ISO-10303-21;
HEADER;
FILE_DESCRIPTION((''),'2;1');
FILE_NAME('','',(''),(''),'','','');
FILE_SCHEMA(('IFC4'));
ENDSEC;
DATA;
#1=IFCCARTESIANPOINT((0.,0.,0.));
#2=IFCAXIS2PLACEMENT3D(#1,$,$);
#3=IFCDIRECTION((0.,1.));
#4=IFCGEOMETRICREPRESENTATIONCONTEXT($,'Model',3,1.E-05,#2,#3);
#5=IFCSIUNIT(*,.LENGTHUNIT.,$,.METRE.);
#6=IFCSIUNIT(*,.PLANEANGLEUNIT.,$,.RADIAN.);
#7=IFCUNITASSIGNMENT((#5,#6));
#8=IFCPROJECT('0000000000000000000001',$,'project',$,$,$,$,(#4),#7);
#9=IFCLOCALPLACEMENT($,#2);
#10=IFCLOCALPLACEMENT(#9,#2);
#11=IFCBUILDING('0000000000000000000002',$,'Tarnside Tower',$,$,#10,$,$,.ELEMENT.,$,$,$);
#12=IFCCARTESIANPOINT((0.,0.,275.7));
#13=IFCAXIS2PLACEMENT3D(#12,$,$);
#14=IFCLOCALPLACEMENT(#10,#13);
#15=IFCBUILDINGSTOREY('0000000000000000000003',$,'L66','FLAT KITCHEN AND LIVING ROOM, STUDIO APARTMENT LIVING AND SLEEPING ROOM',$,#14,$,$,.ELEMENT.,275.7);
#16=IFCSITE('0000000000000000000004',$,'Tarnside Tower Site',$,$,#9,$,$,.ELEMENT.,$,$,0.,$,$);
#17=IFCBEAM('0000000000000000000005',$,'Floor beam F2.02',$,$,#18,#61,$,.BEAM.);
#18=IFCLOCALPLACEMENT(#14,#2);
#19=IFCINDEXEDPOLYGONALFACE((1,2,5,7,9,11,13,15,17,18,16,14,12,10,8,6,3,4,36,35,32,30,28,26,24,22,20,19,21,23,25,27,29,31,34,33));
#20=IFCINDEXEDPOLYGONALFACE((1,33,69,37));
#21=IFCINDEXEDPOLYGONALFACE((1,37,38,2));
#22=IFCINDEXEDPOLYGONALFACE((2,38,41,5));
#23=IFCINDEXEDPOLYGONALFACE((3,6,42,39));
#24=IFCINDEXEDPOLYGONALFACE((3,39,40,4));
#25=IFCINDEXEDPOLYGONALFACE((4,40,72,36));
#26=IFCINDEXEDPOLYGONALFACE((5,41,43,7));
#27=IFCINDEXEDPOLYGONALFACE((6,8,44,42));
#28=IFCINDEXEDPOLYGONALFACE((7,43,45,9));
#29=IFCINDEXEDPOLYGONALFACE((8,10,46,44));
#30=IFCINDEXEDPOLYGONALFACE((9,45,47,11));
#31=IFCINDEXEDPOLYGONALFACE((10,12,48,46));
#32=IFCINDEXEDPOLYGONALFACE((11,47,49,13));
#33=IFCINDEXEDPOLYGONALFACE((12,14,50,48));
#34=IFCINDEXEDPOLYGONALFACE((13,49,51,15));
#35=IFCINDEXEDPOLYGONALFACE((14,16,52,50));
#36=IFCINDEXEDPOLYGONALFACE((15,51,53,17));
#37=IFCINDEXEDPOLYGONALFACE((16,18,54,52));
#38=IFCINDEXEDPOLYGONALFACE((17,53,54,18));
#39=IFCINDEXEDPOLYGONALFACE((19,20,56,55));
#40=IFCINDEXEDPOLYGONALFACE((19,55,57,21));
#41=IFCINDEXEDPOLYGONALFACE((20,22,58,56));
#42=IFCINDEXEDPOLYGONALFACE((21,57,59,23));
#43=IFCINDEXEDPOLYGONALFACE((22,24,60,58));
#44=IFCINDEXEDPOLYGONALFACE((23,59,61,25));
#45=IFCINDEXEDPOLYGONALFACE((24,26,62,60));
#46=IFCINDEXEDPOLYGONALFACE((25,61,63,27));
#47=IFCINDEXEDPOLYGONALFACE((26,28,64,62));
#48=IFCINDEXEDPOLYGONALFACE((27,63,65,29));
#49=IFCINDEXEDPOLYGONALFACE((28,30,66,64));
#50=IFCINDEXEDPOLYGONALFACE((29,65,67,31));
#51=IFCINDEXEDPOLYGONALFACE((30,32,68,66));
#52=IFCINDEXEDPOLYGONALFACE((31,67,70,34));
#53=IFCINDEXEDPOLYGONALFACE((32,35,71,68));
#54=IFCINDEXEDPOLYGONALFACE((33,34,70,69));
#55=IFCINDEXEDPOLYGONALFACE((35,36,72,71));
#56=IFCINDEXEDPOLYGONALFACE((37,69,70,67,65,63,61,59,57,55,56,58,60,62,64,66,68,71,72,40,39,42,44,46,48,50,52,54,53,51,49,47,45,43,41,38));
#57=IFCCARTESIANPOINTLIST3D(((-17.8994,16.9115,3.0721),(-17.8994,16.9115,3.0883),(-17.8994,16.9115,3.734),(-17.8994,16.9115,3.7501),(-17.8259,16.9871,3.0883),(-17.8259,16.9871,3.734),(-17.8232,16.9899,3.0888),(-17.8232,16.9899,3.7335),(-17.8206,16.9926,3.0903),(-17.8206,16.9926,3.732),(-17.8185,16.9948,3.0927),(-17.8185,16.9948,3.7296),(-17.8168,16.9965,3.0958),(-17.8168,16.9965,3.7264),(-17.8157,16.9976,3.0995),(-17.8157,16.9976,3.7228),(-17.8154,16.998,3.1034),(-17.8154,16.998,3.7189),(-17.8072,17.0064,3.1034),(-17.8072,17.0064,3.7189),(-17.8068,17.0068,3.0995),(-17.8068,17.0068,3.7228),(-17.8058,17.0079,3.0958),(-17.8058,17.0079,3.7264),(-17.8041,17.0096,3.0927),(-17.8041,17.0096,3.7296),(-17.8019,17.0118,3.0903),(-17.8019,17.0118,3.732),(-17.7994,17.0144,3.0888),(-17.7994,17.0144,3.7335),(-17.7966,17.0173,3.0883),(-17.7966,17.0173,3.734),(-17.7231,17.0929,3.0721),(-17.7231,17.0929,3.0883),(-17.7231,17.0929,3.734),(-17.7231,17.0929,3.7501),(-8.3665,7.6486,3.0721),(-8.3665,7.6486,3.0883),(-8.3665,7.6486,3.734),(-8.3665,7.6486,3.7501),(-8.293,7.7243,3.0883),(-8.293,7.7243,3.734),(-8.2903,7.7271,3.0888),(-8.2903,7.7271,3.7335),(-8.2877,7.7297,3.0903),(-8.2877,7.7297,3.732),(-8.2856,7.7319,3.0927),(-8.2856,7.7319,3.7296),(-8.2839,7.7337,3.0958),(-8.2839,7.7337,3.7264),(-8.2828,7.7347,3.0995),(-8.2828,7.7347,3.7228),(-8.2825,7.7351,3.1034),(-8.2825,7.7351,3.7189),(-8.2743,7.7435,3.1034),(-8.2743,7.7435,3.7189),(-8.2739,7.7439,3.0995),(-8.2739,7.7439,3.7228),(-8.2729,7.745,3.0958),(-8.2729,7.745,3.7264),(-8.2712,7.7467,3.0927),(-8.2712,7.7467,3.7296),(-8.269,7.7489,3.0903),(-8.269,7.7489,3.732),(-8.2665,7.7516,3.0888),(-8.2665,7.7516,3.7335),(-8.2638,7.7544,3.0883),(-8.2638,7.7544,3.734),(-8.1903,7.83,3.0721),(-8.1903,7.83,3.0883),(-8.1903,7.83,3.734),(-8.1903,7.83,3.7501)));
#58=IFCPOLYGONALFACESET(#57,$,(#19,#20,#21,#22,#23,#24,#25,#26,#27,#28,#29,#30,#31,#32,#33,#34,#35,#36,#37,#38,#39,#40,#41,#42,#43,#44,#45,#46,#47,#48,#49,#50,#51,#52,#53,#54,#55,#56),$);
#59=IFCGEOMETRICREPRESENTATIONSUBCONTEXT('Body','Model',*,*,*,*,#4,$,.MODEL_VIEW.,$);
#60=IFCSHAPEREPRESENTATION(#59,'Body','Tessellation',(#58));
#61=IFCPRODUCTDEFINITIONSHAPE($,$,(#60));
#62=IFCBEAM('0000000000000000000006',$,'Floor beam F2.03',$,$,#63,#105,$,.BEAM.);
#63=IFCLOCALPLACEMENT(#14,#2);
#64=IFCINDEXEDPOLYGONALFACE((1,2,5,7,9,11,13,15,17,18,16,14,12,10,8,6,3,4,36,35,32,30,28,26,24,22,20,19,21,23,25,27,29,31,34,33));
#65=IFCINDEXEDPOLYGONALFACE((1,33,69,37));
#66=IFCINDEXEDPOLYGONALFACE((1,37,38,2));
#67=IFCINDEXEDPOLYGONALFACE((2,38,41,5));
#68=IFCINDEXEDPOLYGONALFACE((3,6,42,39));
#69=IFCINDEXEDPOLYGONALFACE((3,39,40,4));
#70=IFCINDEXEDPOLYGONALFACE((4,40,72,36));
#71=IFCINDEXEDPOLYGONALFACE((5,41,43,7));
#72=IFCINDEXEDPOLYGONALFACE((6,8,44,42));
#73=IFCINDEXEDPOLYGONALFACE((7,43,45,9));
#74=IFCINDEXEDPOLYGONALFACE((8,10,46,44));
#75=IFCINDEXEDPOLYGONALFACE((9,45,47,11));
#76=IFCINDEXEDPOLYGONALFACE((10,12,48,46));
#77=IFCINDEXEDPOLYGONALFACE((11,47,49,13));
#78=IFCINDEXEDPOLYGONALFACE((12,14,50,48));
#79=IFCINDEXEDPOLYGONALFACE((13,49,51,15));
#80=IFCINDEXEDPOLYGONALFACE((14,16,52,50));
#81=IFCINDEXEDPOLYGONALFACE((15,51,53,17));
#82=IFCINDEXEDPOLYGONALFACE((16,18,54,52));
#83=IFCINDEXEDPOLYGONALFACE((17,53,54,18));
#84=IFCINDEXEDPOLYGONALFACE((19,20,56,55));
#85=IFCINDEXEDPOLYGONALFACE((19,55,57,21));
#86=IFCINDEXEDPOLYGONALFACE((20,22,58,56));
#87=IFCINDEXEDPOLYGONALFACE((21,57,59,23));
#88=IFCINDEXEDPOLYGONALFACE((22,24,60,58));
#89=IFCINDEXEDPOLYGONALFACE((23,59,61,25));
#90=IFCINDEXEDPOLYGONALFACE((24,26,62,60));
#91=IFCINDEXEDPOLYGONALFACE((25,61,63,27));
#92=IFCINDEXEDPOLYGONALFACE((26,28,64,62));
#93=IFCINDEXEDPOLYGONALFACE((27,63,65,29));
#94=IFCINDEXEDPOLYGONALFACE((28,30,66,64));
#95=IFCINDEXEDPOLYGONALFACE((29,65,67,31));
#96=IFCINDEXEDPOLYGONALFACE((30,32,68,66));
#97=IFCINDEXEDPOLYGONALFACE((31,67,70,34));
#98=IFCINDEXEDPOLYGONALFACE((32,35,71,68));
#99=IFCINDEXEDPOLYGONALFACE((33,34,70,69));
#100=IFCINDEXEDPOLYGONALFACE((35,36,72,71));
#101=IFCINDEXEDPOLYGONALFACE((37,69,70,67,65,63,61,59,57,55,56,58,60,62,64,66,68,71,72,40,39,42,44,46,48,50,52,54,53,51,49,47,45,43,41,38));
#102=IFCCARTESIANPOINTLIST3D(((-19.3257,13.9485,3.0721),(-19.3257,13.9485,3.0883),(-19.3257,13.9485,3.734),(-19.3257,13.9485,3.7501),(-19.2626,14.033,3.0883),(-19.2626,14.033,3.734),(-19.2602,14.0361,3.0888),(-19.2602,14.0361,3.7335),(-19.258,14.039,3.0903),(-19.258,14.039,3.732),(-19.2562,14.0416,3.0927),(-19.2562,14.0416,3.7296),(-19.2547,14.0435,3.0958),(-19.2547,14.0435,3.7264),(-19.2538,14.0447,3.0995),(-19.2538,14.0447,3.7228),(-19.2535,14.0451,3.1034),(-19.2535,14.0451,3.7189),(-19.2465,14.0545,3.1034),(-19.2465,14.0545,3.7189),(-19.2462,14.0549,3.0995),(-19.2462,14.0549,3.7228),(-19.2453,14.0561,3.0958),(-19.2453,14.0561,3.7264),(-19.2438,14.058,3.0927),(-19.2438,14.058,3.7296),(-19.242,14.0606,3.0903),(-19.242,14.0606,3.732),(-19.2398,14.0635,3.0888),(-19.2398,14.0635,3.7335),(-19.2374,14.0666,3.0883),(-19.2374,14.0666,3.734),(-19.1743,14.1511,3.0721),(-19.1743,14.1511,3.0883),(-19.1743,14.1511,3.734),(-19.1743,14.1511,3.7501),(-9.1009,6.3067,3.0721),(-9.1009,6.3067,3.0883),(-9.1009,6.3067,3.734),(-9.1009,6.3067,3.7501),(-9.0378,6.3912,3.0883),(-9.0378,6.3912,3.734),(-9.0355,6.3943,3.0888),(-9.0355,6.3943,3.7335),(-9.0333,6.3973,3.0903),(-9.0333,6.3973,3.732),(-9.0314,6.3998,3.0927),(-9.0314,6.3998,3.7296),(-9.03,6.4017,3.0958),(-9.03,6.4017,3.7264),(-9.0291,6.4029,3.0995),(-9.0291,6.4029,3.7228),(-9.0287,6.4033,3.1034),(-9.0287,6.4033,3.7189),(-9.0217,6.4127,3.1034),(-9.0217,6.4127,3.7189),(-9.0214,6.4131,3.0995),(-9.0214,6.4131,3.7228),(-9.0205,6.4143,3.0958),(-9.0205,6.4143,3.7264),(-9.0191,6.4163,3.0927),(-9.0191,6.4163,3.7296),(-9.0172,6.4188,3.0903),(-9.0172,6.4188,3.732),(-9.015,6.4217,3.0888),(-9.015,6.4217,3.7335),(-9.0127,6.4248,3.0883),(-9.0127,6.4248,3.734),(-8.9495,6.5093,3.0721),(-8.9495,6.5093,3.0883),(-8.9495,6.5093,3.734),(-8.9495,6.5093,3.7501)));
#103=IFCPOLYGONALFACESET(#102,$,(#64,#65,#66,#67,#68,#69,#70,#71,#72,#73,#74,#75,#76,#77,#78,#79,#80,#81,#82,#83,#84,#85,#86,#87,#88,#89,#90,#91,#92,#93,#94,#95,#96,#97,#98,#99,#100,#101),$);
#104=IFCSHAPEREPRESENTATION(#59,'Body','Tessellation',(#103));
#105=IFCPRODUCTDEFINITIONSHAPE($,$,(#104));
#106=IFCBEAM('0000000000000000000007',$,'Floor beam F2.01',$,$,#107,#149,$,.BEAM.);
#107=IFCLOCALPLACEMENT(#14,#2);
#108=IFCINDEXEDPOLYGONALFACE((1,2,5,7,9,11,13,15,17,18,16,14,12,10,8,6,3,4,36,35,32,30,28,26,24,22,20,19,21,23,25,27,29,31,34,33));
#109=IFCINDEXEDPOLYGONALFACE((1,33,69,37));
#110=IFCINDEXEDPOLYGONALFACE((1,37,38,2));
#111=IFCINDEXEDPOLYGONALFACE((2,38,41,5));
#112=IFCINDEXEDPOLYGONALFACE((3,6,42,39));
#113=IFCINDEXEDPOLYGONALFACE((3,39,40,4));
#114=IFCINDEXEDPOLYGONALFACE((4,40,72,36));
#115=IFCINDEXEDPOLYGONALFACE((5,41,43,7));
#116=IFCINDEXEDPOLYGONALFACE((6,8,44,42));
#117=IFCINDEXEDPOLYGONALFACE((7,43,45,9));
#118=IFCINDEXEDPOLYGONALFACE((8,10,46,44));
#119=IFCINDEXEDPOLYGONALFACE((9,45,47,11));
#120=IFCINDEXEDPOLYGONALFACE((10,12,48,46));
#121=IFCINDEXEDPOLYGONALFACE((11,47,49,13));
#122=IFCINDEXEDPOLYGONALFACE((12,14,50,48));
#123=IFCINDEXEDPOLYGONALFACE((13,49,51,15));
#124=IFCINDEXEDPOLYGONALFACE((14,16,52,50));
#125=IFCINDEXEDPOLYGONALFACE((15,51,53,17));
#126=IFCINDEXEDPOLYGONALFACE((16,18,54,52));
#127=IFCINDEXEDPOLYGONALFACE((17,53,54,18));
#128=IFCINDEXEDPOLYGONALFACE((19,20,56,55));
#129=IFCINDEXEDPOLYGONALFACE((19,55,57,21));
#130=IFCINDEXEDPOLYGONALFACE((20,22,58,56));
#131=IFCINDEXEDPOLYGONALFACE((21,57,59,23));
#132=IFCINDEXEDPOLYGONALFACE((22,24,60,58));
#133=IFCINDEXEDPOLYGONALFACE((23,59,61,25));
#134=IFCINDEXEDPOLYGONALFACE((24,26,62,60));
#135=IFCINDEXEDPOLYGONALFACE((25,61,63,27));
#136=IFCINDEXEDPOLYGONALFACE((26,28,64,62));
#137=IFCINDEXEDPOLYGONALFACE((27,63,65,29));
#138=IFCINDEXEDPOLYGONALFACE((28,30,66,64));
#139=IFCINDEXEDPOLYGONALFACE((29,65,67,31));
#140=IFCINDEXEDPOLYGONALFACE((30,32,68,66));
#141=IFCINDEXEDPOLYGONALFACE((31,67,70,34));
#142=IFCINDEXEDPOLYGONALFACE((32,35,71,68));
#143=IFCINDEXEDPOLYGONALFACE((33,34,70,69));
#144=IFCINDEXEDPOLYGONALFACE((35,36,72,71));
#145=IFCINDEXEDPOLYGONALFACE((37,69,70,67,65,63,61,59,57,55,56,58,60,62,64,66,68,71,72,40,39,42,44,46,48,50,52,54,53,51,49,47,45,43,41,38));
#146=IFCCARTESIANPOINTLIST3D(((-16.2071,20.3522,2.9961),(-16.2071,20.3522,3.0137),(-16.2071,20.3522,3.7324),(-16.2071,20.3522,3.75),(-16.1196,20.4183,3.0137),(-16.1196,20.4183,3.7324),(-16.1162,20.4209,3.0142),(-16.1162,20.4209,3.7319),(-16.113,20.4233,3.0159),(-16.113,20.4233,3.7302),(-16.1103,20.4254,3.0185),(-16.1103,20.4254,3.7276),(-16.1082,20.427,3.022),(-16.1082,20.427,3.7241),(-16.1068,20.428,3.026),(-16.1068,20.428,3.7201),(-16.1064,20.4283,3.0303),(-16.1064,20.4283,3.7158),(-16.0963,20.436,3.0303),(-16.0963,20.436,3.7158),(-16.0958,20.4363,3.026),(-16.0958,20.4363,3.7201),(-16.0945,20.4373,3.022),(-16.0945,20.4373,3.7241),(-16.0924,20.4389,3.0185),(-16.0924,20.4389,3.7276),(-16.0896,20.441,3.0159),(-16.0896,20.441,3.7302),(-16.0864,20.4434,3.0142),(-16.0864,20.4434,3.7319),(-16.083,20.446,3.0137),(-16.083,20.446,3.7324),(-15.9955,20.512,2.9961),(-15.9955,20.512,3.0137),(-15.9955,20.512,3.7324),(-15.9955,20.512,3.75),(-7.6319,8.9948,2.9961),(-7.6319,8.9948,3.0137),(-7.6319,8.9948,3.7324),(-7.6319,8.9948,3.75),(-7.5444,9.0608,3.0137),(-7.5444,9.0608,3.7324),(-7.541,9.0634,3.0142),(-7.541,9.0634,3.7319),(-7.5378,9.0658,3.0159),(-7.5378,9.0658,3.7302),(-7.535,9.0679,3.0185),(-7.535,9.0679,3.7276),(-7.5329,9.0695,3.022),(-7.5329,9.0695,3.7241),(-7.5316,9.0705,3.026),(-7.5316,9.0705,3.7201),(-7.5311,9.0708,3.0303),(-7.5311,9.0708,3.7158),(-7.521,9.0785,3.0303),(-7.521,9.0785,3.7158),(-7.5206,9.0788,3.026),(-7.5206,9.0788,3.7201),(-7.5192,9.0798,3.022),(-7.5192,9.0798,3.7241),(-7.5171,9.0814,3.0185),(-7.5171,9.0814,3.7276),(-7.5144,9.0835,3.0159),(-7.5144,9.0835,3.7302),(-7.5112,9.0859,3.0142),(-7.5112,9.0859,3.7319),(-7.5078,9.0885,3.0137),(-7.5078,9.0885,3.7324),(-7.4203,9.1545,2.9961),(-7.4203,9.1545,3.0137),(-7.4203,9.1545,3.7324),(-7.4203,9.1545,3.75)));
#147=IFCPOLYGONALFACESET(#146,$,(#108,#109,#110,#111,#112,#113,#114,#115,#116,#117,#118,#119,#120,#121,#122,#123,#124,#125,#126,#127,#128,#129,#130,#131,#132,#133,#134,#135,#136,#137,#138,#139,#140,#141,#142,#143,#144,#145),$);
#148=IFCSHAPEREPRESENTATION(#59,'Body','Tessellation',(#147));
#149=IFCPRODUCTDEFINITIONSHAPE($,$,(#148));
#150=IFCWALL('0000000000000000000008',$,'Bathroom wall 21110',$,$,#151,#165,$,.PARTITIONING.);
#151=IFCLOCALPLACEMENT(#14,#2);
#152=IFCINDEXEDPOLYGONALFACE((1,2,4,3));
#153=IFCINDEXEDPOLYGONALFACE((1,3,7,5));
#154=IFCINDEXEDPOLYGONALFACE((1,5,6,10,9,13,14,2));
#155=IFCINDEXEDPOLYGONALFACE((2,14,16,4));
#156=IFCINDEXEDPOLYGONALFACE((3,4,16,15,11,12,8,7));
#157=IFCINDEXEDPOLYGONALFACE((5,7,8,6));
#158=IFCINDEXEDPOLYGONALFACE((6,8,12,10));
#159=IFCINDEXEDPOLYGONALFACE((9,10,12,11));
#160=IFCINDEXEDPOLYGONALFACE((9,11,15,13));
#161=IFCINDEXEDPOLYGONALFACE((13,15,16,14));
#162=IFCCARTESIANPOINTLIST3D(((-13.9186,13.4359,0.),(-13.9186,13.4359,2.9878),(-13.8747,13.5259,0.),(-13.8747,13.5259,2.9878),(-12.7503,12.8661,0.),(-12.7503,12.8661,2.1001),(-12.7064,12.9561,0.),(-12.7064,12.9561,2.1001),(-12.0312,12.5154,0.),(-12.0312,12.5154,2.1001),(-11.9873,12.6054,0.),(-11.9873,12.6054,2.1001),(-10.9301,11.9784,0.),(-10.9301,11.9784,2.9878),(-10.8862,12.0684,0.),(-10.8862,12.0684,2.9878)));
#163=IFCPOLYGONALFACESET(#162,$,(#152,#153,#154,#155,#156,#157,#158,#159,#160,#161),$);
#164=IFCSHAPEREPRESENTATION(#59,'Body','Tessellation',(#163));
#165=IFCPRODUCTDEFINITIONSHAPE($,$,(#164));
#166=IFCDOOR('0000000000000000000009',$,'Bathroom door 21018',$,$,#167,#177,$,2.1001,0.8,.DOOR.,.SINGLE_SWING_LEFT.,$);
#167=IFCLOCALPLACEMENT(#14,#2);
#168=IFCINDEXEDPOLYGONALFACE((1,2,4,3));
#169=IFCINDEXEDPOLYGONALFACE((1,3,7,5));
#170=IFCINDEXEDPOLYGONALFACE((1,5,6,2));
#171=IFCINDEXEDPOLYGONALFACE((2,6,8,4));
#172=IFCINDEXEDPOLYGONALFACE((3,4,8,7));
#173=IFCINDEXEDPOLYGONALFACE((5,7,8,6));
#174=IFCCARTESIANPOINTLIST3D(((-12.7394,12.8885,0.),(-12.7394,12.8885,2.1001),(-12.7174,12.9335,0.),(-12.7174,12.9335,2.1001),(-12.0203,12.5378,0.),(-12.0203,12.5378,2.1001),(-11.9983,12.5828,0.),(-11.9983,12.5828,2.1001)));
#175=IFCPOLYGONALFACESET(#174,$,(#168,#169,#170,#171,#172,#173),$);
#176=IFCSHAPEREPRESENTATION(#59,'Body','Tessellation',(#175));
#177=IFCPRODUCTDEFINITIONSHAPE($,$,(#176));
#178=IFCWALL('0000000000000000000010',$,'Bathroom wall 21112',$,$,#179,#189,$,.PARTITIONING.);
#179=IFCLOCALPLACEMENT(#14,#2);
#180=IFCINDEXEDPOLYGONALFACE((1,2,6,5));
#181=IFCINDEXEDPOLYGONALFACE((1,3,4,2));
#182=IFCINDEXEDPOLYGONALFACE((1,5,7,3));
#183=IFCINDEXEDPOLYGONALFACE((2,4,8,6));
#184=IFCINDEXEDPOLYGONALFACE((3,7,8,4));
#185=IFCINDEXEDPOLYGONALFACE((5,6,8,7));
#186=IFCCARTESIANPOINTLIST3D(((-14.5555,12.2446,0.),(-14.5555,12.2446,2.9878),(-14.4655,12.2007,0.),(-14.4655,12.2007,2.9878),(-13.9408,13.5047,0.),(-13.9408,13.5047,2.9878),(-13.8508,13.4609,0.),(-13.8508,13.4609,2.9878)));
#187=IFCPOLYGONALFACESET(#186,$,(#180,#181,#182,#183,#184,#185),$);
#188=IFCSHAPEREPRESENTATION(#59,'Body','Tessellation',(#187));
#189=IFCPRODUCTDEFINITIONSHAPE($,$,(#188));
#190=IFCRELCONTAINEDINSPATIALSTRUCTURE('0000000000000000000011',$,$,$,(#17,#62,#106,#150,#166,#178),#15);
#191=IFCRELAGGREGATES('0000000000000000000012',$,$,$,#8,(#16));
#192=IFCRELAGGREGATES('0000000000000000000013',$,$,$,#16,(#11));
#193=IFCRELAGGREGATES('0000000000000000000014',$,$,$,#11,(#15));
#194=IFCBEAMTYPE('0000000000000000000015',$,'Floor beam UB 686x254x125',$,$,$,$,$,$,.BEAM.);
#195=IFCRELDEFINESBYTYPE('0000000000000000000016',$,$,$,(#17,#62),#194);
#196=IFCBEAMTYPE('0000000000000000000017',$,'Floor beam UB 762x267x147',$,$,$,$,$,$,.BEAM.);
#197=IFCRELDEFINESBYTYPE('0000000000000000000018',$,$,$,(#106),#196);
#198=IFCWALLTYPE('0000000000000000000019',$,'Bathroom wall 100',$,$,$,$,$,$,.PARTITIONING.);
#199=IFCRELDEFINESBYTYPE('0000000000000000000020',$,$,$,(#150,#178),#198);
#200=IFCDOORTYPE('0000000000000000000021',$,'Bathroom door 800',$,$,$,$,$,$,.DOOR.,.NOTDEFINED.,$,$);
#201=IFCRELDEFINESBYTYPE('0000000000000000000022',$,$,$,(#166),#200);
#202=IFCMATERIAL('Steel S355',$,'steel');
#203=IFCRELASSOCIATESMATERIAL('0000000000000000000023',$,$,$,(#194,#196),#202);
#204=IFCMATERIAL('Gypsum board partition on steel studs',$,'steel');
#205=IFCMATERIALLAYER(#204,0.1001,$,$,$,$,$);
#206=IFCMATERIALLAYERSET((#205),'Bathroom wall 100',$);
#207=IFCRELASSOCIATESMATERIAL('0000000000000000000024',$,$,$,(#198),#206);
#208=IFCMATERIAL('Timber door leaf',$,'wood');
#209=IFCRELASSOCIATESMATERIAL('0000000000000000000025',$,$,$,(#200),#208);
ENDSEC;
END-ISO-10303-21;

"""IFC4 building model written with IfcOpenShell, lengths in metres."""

from ifc_helpers import new_model, si_unit, direction, frame, frame_2d, origin, origin_2d, place, context, subcontext, project, spatial, rectangle, i_section, extrude, material, layer, layer_set, material_profile, profile_set, type_object, element, fill, save


model = new_model("IFC4")

# Units and contexts
model_context = context("Model", 3, precision=1e-05, world=origin(), true_north=direction((0.0, 1.0)))
body_context = subcontext(model_context, "Body", "Model", "MODEL_VIEW")
ifc_project = project(units=[si_unit("LENGTHUNIT", "METRE"), si_unit("PLANEANGLEUNIT", "RADIAN")], contexts=[model_context])

# Site, building, storey
site_placement = place(None, origin())
site = spatial("IfcSite", under=ifc_project, at=site_placement, Name="Tarnside Tower Site", CompositionType="ELEMENT", RefElevation=0.0)
building_placement = place(site_placement, origin())
building = spatial("IfcBuilding", under=site, at=building_placement, Name="Tarnside Tower", CompositionType="ELEMENT")
storey_placement = place(building_placement, frame((0.0, 0.0, 275.7)))
storey = spatial("IfcBuildingStorey", under=building, at=storey_placement, Name="L66", Description="FLAT KITCHEN AND LIVING ROOM, STUDIO APARTMENT LIVING AND SLEEPING ROOM", CompositionType="ELEMENT", Elevation=275.7)

# Beams
ifc_material_1 = material(Name="Steel S355", Category="steel")
ifc_material_profile_1 = material_profile(ifc_material_1, i_section(OverallWidth=0.2529, OverallDepth=0.678, WebThickness=0.0117, FlangeThickness=0.0161, FilletRadius=0.0151, at=origin_2d()), Name="UB 686x254x125")
ifc_profile_set_1 = profile_set([ifc_material_profile_1], Name="Steel S355")
beam_type_1 = type_object("IfcBeamType", Name="Floor beam UB 686x254x125", PredefinedType="BEAM", material=ifc_profile_set_1)
beam_1_placement = place(storey_placement, frame((-17.8113, 17.0022, 3.4111), z_axis=(0.717191, -0.696877, 0.0), x_axis=(0.696877, 0.717191, 0.0)))
element("IfcBeam", 1, at=beam_1_placement, inside=storey, type_object=beam_type_1, Name="Floor beam F2.02", PredefinedType="BEAM", context=body_context, shape_type="SweptSolid", body=[
    extrude(i_section(OverallWidth=0.2529, OverallDepth=0.678, WebThickness=0.0117, FlangeThickness=0.0161, FilletRadius=0.0151, at=origin_2d()), origin(), (0.0, 0.0, 1.0), 13.292),
])
beam_2_placement = place(storey_placement, frame((-19.25, 14.0498, 3.4111), z_axis=(0.801006, -0.598656, 0.0), x_axis=(0.598656, 0.801006, 0.0)))
element("IfcBeam", 2, at=beam_2_placement, inside=storey, type_object=beam_type_1, Name="Floor beam F2.03", PredefinedType="BEAM", context=body_context, shape_type="SweptSolid", body=[
    extrude(i_section(OverallWidth=0.2529, OverallDepth=0.678, WebThickness=0.0117, FlangeThickness=0.0161, FilletRadius=0.0151, at=origin_2d()), origin(), (0.0, 0.0, 1.0), 12.7649),
])
ifc_material_profile_2 = material_profile(ifc_material_1, i_section(OverallWidth=0.2651, OverallDepth=0.7539, WebThickness=0.0127, FlangeThickness=0.0176, FilletRadius=0.0166, at=origin_2d()), Name="UB 762x267x147")
ifc_profile_set_2 = profile_set([ifc_material_profile_2], Name="Steel S355")
beam_type_2 = type_object("IfcBeamType", Name="Floor beam UB 762x267x147", PredefinedType="BEAM", material=ifc_profile_set_2)
beam_3_placement = place(storey_placement, frame((-16.1013, 20.4321, 3.373), z_axis=(0.602566, -0.798069, 0.0), x_axis=(0.798069, 0.602566, 0.0)))
element("IfcBeam", 3, at=beam_3_placement, inside=storey, type_object=beam_type_2, Name="Floor beam F2.01", PredefinedType="BEAM", context=body_context, shape_type="SweptSolid", body=[
    extrude(i_section(OverallWidth=0.2651, OverallDepth=0.7539, WebThickness=0.0127, FlangeThickness=0.0176, FilletRadius=0.0166, at=origin_2d()), origin(), (0.0, 0.0, 1.0), 14.2312),
])

# Wall, opening, door
ifc_material_2 = material(Name="Gypsum board partition on steel studs", Category="steel")
ifc_layer_1 = layer(ifc_material_2, 0.1001)
ifc_layer_set_1 = layer_set([ifc_layer_1], Name="Bathroom wall 100")
wall_type_1 = type_object("IfcWallType", Name="Bathroom wall 100", PredefinedType="PARTITIONING", material=ifc_layer_set_1)
wall_1_placement = place(storey_placement, frame((-13.8967, 13.481, 0.0), z_axis=(0.0, 0.0, 1.0), x_axis=(0.898804, -0.438351, 0.0)))
wall_1 = element("IfcWall", 4, at=wall_1_placement, inside=storey, type_object=wall_type_1, Name="Bathroom wall 21110", PredefinedType="PARTITIONING", context=body_context, shape_type="SweptSolid", body=[
    extrude(rectangle(XDim=3.325, YDim=0.1001, at=frame_2d((1.6626, 0.0))), origin(), (0.0, 0.0, 1.0), 2.9878),
])
opening_1_placement = place(wall_1_placement, frame((1.3, 0.0, 0.0)))
opening_1 = element("IfcOpeningElement", 5, at=opening_1_placement, cuts=wall_1, PredefinedType="OPENING", context=body_context, shape_type="SweptSolid", body=[
    extrude(rectangle(XDim=0.8, YDim=2.1001, at=frame_2d((0.3999, 1.05))), frame((0.0, 0.0601, 0.0), z_axis=(0.0, -1.0, 0.0), x_axis=(1.0, 0.0, 0.0)), (0.0, 0.0, 1.0), 0.1201),
])
ifc_material_3 = material(Name="Timber door leaf", Category="wood")
door_type_1 = type_object("IfcDoorType", Name="Bathroom door 800", OperationType="NOTDEFINED", PredefinedType="DOOR", material=ifc_material_3)
door_1_placement = place(opening_1_placement, origin())
door_1 = element("IfcDoor", 6, at=door_1_placement, inside=storey, type_object=door_type_1, Name="Bathroom door 21018", OperationType="SINGLE_SWING_LEFT", OverallHeight=2.1001, OverallWidth=0.8, PredefinedType="DOOR", context=body_context, shape_type="SweptSolid", body=[
    extrude(rectangle(XDim=0.8, YDim=2.1001, at=frame_2d((0.3999, 1.05))), frame((0.0, 0.0249, 0.0), z_axis=(0.0, -1.0, 0.0), x_axis=(1.0, 0.0, 0.0)), (0.0, 0.0, 1.0), 0.05),
])
fill(opening_1, door_1)

# Wall
wall_2_placement = place(storey_placement, frame((-13.8958, 13.4829, 0.0), z_axis=(0.0, 0.0, 1.0), x_axis=(-0.438417, -0.898772, 0.0)))
element("IfcWall", 7, at=wall_2_placement, inside=storey, type_object=wall_type_1, Name="Bathroom wall 21112", PredefinedType="PARTITIONING", context=body_context, shape_type="SweptSolid", body=[
    extrude(rectangle(XDim=1.4021, YDim=0.1001, at=frame_2d((0.7012, 0.0))), origin(), (0.0, 0.0, 1.0), 2.9878),
])

save(model, "model.ifc")
